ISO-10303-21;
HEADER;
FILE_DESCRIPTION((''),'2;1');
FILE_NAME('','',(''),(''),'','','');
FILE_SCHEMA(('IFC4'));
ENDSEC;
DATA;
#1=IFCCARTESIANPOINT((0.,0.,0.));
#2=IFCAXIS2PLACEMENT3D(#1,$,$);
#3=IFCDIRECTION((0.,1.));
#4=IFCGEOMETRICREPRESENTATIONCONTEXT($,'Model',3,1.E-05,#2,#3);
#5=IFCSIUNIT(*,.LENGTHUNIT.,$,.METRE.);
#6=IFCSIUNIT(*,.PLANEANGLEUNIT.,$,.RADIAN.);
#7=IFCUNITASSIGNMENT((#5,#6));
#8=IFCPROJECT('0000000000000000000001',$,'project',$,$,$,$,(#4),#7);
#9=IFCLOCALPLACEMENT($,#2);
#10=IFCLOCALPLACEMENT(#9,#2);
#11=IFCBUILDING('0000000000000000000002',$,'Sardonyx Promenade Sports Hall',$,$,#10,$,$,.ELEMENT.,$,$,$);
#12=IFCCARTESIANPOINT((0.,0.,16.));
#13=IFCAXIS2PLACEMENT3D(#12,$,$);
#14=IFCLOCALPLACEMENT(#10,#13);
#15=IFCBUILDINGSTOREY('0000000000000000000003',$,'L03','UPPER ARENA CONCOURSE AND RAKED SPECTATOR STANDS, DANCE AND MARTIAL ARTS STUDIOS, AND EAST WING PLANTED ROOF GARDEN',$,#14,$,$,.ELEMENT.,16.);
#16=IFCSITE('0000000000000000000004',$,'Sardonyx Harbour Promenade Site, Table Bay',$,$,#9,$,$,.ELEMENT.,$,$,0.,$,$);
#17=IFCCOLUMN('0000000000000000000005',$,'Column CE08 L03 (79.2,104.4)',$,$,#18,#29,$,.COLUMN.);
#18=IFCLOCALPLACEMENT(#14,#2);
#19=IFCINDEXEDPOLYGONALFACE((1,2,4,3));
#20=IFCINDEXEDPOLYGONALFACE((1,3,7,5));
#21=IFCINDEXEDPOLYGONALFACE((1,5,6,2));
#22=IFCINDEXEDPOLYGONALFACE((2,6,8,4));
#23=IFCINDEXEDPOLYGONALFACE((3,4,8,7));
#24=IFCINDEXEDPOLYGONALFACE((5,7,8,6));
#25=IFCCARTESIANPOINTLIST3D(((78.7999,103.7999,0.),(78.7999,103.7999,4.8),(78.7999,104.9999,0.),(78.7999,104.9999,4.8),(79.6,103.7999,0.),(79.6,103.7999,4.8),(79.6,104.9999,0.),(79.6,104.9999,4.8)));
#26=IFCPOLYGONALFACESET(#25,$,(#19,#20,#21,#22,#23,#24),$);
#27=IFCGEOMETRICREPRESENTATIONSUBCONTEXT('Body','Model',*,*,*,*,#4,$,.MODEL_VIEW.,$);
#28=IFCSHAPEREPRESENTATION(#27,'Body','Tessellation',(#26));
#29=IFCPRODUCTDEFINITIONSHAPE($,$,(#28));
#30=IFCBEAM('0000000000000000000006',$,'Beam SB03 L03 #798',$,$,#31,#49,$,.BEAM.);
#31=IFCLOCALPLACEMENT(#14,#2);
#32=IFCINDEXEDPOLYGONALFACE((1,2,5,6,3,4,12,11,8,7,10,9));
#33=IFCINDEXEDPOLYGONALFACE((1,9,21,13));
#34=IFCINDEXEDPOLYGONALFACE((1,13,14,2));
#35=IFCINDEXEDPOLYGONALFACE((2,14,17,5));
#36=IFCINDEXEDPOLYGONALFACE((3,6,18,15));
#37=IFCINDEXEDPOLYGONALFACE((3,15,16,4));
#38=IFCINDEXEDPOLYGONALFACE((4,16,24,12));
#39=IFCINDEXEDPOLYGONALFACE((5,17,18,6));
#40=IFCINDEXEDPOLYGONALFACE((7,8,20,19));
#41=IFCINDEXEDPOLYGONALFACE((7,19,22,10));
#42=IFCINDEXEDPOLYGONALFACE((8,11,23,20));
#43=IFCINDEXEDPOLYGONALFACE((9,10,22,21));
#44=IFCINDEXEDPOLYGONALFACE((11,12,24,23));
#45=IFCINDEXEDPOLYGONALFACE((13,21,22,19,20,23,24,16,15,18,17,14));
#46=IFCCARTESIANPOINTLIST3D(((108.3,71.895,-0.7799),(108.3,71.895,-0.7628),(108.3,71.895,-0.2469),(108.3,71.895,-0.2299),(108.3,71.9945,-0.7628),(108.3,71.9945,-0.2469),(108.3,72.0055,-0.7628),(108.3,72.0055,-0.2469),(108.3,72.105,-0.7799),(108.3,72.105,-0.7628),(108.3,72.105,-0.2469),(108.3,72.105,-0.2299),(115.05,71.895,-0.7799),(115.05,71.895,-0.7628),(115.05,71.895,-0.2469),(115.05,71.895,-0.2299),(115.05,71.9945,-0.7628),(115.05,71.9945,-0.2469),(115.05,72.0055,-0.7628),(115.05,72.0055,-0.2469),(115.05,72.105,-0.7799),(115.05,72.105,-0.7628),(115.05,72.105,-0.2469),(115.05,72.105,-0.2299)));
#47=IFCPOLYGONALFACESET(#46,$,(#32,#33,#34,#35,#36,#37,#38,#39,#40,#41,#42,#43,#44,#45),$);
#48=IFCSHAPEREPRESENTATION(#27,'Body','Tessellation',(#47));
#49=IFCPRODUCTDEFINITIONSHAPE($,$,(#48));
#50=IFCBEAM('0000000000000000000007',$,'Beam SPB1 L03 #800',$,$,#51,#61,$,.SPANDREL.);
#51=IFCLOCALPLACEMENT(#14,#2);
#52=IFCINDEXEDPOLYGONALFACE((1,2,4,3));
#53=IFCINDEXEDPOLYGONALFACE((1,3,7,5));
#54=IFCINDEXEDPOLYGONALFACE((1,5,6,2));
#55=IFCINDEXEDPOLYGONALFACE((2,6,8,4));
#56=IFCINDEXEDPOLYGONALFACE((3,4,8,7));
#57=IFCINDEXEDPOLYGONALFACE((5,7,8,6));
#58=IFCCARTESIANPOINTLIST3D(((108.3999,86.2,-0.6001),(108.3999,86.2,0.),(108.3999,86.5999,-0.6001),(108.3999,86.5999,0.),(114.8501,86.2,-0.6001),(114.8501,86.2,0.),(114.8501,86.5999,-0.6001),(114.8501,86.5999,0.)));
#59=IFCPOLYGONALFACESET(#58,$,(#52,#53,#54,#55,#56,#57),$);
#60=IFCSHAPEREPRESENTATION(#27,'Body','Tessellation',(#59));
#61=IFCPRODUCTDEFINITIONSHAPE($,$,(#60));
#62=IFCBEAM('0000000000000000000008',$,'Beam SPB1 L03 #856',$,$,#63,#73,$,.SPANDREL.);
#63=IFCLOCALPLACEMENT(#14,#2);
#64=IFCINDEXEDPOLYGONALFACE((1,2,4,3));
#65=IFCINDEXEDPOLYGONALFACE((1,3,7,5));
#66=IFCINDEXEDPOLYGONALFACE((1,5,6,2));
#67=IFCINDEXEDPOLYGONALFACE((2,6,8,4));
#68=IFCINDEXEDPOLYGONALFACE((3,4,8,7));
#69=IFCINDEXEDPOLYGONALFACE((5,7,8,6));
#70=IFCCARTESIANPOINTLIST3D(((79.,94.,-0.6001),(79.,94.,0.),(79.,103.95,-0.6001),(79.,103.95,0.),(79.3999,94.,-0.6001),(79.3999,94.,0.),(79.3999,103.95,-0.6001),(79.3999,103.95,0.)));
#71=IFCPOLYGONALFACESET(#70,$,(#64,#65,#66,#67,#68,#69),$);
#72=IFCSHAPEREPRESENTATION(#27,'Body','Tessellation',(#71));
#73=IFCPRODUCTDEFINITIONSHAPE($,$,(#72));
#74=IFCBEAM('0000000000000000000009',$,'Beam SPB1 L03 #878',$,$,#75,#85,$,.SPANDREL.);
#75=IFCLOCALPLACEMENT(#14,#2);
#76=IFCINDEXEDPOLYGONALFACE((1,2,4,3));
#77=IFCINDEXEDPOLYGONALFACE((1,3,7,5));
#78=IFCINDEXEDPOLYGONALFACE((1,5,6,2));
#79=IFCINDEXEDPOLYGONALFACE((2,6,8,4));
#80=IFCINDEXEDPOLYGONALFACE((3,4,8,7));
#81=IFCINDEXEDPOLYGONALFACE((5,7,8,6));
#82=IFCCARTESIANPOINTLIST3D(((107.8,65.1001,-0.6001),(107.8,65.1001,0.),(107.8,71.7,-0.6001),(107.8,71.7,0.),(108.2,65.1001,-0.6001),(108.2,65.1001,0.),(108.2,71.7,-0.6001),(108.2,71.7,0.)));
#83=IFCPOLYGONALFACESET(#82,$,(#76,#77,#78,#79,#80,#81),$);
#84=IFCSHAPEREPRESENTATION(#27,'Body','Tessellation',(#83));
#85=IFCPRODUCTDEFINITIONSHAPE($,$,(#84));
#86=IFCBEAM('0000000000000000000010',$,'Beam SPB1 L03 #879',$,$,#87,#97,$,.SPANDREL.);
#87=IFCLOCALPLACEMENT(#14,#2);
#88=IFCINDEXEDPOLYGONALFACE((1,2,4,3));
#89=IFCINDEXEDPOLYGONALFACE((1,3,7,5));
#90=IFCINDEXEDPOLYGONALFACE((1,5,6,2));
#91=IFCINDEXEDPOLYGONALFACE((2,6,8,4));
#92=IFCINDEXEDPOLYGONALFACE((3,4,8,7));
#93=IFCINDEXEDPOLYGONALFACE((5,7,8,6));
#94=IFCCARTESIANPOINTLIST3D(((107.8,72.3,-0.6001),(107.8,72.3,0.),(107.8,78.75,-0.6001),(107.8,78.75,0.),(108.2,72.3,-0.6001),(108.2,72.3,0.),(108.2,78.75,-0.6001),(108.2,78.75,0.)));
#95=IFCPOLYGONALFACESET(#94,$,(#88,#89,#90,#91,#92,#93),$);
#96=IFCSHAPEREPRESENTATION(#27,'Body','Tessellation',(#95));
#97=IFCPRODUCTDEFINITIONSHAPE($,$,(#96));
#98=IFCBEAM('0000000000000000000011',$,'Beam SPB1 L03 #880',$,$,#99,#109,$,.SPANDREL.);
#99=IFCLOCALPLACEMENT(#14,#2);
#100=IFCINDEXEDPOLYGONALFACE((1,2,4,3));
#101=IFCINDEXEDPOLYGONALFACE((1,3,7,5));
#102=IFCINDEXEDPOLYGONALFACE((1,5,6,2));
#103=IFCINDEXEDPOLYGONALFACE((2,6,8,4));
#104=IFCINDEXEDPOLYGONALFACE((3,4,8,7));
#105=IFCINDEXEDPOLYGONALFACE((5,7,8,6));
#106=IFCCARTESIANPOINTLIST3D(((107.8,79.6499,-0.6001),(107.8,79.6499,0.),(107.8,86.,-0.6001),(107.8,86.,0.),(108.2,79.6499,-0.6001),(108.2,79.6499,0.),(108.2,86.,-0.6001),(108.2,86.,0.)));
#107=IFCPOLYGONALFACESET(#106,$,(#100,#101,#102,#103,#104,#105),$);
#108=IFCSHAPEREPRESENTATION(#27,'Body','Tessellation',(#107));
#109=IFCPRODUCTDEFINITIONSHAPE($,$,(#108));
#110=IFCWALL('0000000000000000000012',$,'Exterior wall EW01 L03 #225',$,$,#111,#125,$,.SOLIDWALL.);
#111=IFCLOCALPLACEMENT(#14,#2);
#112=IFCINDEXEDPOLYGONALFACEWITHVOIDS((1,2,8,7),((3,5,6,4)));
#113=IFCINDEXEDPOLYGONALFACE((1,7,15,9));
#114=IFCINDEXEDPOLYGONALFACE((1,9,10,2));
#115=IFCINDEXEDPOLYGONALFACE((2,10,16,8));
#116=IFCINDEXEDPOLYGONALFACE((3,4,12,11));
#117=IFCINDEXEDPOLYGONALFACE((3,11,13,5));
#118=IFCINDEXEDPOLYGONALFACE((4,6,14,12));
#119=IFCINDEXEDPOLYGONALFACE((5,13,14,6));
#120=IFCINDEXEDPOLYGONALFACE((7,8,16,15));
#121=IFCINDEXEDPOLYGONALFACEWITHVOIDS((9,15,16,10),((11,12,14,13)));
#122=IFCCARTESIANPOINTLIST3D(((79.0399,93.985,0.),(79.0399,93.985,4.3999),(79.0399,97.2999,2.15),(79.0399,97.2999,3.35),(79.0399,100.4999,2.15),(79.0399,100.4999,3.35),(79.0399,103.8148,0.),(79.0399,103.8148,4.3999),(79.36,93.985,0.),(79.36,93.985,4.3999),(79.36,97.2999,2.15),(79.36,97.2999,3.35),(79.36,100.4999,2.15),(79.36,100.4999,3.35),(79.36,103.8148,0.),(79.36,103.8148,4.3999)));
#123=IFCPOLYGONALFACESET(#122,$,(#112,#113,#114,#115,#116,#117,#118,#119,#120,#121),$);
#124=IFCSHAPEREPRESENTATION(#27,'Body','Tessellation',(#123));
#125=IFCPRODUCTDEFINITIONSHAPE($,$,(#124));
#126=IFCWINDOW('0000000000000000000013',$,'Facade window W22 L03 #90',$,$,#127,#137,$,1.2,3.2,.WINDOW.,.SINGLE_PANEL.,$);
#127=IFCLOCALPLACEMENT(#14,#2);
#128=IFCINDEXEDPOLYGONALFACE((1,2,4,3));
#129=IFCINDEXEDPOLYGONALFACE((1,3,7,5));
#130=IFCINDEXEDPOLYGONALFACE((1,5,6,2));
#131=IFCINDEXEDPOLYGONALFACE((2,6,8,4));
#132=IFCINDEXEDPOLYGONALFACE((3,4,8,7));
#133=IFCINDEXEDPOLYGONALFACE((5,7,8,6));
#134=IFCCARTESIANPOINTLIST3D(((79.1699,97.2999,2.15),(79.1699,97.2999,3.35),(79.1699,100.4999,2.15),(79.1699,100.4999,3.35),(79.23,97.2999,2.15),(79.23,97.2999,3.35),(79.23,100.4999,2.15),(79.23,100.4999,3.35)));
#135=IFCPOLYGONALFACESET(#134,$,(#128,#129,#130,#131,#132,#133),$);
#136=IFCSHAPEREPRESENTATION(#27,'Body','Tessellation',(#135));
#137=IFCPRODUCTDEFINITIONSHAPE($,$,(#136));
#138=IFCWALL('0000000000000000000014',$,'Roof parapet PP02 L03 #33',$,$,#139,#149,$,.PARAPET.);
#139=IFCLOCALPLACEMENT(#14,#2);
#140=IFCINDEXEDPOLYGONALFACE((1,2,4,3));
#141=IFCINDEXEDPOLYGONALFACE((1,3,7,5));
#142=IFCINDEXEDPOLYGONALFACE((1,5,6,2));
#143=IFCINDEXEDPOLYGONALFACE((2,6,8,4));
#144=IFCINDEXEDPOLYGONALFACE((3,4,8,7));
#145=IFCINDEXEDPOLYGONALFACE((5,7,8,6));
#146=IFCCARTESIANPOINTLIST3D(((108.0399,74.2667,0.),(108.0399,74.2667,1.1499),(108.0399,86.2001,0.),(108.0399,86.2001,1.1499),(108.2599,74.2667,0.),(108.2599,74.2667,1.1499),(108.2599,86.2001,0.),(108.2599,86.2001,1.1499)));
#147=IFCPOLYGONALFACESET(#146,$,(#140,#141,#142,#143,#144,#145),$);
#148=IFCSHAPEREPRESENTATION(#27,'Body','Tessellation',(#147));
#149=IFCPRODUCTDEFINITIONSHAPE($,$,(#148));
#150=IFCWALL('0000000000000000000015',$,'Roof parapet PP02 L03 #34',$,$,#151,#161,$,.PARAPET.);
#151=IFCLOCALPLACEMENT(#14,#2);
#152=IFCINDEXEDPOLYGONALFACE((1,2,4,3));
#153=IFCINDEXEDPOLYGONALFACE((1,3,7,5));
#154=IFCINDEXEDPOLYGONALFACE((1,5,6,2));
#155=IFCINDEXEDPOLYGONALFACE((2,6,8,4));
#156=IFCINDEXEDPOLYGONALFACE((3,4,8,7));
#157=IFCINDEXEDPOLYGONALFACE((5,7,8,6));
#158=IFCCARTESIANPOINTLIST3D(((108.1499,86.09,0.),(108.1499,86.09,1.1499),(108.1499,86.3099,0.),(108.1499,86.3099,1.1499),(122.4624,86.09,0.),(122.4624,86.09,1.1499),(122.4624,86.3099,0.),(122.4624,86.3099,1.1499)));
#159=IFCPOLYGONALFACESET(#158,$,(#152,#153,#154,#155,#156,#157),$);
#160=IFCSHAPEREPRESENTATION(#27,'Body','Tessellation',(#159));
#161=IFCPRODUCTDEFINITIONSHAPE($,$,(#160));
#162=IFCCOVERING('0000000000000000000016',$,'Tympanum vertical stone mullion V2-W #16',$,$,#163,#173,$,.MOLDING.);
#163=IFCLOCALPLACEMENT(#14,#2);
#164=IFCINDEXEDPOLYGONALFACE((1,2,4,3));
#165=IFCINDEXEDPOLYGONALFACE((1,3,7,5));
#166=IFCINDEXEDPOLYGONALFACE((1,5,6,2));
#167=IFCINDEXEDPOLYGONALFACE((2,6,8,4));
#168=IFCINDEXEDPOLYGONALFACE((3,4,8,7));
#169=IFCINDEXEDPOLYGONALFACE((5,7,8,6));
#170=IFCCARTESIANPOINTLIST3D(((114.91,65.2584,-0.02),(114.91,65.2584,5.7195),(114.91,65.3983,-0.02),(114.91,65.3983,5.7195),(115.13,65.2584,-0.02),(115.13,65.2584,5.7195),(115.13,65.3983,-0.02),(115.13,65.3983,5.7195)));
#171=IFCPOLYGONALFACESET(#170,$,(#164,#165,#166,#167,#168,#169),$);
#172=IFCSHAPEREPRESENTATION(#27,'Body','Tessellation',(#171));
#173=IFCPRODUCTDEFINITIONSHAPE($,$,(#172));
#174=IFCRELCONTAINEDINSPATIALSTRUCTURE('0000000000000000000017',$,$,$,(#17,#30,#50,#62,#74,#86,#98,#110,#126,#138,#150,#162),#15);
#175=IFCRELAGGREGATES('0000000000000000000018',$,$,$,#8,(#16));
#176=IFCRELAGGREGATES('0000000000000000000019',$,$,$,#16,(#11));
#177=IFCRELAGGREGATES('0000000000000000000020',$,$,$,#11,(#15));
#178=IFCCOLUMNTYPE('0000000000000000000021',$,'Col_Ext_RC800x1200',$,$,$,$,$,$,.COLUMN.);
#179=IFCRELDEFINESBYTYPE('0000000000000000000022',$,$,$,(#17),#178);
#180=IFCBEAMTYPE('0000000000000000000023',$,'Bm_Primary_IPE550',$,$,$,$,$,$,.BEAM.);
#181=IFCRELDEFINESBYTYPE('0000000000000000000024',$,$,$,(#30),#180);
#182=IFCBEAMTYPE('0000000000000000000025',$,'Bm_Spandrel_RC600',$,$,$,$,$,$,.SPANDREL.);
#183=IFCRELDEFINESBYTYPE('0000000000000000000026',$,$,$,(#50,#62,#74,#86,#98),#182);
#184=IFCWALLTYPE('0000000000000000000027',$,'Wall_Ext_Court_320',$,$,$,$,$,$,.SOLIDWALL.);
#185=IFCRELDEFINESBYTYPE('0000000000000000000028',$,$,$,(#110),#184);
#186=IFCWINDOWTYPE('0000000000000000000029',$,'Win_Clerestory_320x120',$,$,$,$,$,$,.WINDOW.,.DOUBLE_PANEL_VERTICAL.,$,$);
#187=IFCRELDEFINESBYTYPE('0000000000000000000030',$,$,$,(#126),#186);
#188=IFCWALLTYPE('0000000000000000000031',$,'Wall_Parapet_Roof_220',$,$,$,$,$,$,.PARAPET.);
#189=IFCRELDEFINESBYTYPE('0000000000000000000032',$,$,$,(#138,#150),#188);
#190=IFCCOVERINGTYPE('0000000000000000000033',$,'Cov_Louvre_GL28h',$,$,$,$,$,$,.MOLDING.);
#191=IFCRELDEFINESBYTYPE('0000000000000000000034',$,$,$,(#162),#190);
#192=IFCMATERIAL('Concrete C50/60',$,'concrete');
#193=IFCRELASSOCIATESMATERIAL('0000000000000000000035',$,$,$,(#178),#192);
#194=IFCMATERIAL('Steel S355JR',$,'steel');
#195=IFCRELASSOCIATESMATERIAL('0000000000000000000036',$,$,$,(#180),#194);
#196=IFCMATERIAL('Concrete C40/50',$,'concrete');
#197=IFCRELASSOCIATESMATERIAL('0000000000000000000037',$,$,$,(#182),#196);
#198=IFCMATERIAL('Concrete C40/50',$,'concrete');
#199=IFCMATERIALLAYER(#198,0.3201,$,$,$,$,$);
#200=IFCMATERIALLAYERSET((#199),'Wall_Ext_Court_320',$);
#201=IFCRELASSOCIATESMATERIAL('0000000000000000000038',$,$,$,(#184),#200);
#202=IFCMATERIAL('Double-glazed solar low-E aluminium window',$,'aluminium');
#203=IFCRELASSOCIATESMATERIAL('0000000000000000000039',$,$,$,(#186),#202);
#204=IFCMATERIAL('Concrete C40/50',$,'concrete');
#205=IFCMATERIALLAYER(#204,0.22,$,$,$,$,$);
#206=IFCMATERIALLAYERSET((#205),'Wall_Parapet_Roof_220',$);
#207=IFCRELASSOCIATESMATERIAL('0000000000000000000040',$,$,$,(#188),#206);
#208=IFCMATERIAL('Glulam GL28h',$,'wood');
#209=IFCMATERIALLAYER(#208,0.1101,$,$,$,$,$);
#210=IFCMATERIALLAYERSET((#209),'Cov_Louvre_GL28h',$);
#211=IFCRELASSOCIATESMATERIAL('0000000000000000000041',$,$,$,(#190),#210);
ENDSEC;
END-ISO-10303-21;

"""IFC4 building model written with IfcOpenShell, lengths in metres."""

from ifc_helpers import new_model, si_unit, direction, frame, frame_2d, origin, origin_2d, place, context, subcontext, project, spatial, rectangle, i_section, extrude, material, layer, layer_set, material_profile, profile_set, type_object, element, fill, save


model = new_model("IFC4")

# Units and contexts
model_context = context("Model", 3, precision=1e-05, world=origin(), true_north=direction((0.0, 1.0)))
body_context = subcontext(model_context, "Body", "Model", "MODEL_VIEW")
ifc_project = project(units=[si_unit("LENGTHUNIT", "METRE"), si_unit("PLANEANGLEUNIT", "RADIAN")], contexts=[model_context])

# Site, building, storey
site_placement = place(None, origin())
site = spatial("IfcSite", under=ifc_project, at=site_placement, Name="Sardonyx Harbour Promenade Site, Table Bay", CompositionType="ELEMENT", RefElevation=0.0)
building_placement = place(site_placement, origin())
building = spatial("IfcBuilding", under=site, at=building_placement, Name="Sardonyx Promenade Sports Hall", CompositionType="ELEMENT")
storey_placement = place(building_placement, frame((0.0, 0.0, 16.0)))
storey = spatial("IfcBuildingStorey", under=building, at=storey_placement, Name="L03", Description="UPPER ARENA CONCOURSE AND RAKED SPECTATOR STANDS, DANCE AND MARTIAL ARTS STUDIOS, AND EAST WING PLANTED ROOF GARDEN", CompositionType="ELEMENT", Elevation=16.0)

# Column
ifc_material_1 = material(Name="Concrete C50/60", Category="concrete")
ifc_material_profile_1 = material_profile(ifc_material_1, rectangle(XDim=0.8, YDim=1.2, at=origin_2d()))
ifc_profile_set_1 = profile_set([ifc_material_profile_1], Name="Concrete C50/60")
column_type = type_object("IfcColumnType", Name="Col_Ext_RC800x1200", PredefinedType="COLUMN", material=ifc_profile_set_1)
column_placement = place(storey_placement, frame((79.2, 104.3999, 0.0), z_axis=(0.0, 0.0, 1.0), x_axis=(1.0, 0.0, 0.0)))
element("IfcColumn", 1, at=column_placement, inside=storey, type_object=column_type, Name="Column CE08 L03 (79.2,104.4)", PredefinedType="COLUMN", context=body_context, shape_type="SweptSolid", body=[
    extrude(rectangle(XDim=0.8, YDim=1.2, at=origin_2d()), origin(), (0.0, 0.0, 1.0), 4.8),
])

# Beams
ifc_material_2 = material(Name="Steel S355JR", Category="steel")
ifc_material_profile_2 = material_profile(ifc_material_2, i_section(OverallWidth=0.21, OverallDepth=0.55, WebThickness=0.011, FlangeThickness=0.0171, at=origin_2d()))
ifc_profile_set_2 = profile_set([ifc_material_profile_2], Name="Steel S355JR")
beam_type_1 = type_object("IfcBeamType", Name="Bm_Primary_IPE550", PredefinedType="BEAM", material=ifc_profile_set_2)
beam_1_placement = place(storey_placement, frame((108.3, 72.0, -0.5049), z_axis=(1.0, 0.0, 0.0), x_axis=(0.0, 1.0, 0.0)))
element("IfcBeam", 2, at=beam_1_placement, inside=storey, type_object=beam_type_1, Name="Beam SB03 L03 #798", PredefinedType="BEAM", context=body_context, shape_type="SweptSolid", body=[
    extrude(i_section(OverallWidth=0.21, OverallDepth=0.55, WebThickness=0.011, FlangeThickness=0.0171, at=origin_2d()), origin(), (0.0, 0.0, 1.0), 6.75),
])
ifc_material_3 = material(Name="Concrete C40/50", Category="concrete")
ifc_material_profile_3 = material_profile(ifc_material_3, rectangle(XDim=0.3999, YDim=0.6001, at=origin_2d()))
ifc_profile_set_3 = profile_set([ifc_material_profile_3], Name="Concrete C40/50")
beam_type_2 = type_object("IfcBeamType", Name="Bm_Spandrel_RC600", PredefinedType="SPANDREL", material=ifc_profile_set_3)
beam_2_placement = place(storey_placement, frame((108.3999, 86.3999, -0.3), z_axis=(1.0, 0.0, 0.0), x_axis=(0.0, 1.0, 0.0)))
element("IfcBeam", 3, at=beam_2_placement, inside=storey, type_object=beam_type_2, Name="Beam SPB1 L03 #800", PredefinedType="SPANDREL", context=body_context, shape_type="SweptSolid", body=[
    extrude(rectangle(XDim=0.3999, YDim=0.6001, at=origin_2d()), origin(), (0.0, 0.0, 1.0), 6.4502),
])
beam_3_placement = place(storey_placement, frame((79.2, 94.0, -0.3), z_axis=(0.0, 1.0, 0.0), x_axis=(-1.0, 0.0, 0.0)))
element("IfcBeam", 4, at=beam_3_placement, inside=storey, type_object=beam_type_2, Name="Beam SPB1 L03 #856", PredefinedType="SPANDREL", context=body_context, shape_type="SweptSolid", body=[
    extrude(rectangle(XDim=0.3999, YDim=0.6001, at=origin_2d()), origin(), (0.0, 0.0, 1.0), 9.95),
])
beam_4_placement = place(storey_placement, frame((108.0, 65.1001, -0.3), z_axis=(0.0, 1.0, 0.0), x_axis=(-1.0, 0.0, 0.0)))
element("IfcBeam", 5, at=beam_4_placement, inside=storey, type_object=beam_type_2, Name="Beam SPB1 L03 #878", PredefinedType="SPANDREL", context=body_context, shape_type="SweptSolid", body=[
    extrude(rectangle(XDim=0.3999, YDim=0.6001, at=origin_2d()), origin(), (0.0, 0.0, 1.0), 6.5999),
])
beam_5_placement = place(storey_placement, frame((108.0, 72.3, -0.3), z_axis=(0.0, 1.0, 0.0), x_axis=(-1.0, 0.0, 0.0)))
element("IfcBeam", 6, at=beam_5_placement, inside=storey, type_object=beam_type_2, Name="Beam SPB1 L03 #879", PredefinedType="SPANDREL", context=body_context, shape_type="SweptSolid", body=[
    extrude(rectangle(XDim=0.3999, YDim=0.6001, at=origin_2d()), origin(), (0.0, 0.0, 1.0), 6.45),
])
beam_6_placement = place(storey_placement, frame((108.0, 79.6499, -0.3), z_axis=(0.0, 1.0, 0.0), x_axis=(-1.0, 0.0, 0.0)))
element("IfcBeam", 7, at=beam_6_placement, inside=storey, type_object=beam_type_2, Name="Beam SPB1 L03 #880", PredefinedType="SPANDREL", context=body_context, shape_type="SweptSolid", body=[
    extrude(rectangle(XDim=0.3999, YDim=0.6001, at=origin_2d()), origin(), (0.0, 0.0, 1.0), 6.3501),
])

# Wall, opening, window
ifc_material_4 = material(Name="Concrete C40/50", Category="concrete")
ifc_layer_1 = layer(ifc_material_4, 0.3201)
ifc_layer_set_1 = layer_set([ifc_layer_1], Name="Wall_Ext_Court_320")
wall_type_1 = type_object("IfcWallType", Name="Wall_Ext_Court_320", PredefinedType="SOLIDWALL", material=ifc_layer_set_1)
wall_1_placement = place(storey_placement, frame((79.2, 103.8149, 0.0), z_axis=(0.0, 0.0, 1.0), x_axis=(0.0, -1.0, 0.0)))
wall_1 = element("IfcWall", 8, at=wall_1_placement, inside=storey, type_object=wall_type_1, Name="Exterior wall EW01 L03 #225", PredefinedType="SOLIDWALL", context=body_context, shape_type="SweptSolid", body=[
    extrude(rectangle(XDim=9.8298, YDim=0.3201, at=frame_2d((4.915, 0.0))), origin(), (0.0, 0.0, 1.0), 4.3999),
])
opening_placement = place(wall_1_placement, frame((3.3149, 0.0, 2.1499)))
opening = element("IfcOpeningElement", 9, at=opening_placement, cuts=wall_1, PredefinedType="OPENING", context=body_context, shape_type="SweptSolid", body=[
    extrude(rectangle(XDim=3.2, YDim=1.2, at=frame_2d((1.6001, 0.6001))), frame((0.0, 0.17, 0.0), z_axis=(0.0, -1.0, 0.0), x_axis=(1.0, 0.0, 0.0)), (0.0, 0.0, 1.0), 0.34),
])
ifc_material_5 = material(Name="Double-glazed solar low-E aluminium window", Category="aluminium")
window_type = type_object("IfcWindowType", Name="Win_Clerestory_320x120", PartitioningType="DOUBLE_PANEL_VERTICAL", PredefinedType="WINDOW", material=ifc_material_5)
window_placement = place(opening_placement, origin())
window = element("IfcWindow", 10, at=window_placement, inside=storey, type_object=window_type, Name="Facade window W22 L03 #90", OverallHeight=1.2, OverallWidth=3.2, PartitioningType="SINGLE_PANEL", PredefinedType="WINDOW", context=body_context, shape_type="SweptSolid", body=[
    extrude(rectangle(XDim=3.2, YDim=1.2, at=frame_2d((1.6001, 0.6001))), frame((0.0, 0.03, 0.0), z_axis=(0.0, -1.0, 0.0), x_axis=(1.0, 0.0, 0.0)), (0.0, 0.0, 1.0), 0.0601),
])
fill(opening, window)

# Walls
ifc_material_6 = material(Name="Concrete C40/50", Category="concrete")
ifc_layer_2 = layer(ifc_material_6, 0.22)
ifc_layer_set_2 = layer_set([ifc_layer_2], Name="Wall_Parapet_Roof_220")
wall_type_2 = type_object("IfcWallType", Name="Wall_Parapet_Roof_220", PredefinedType="PARAPET", material=ifc_layer_set_2)
wall_2_placement = place(storey_placement, frame((108.1499, 74.2666, 0.0), z_axis=(0.0, 0.0, 1.0), x_axis=(0.0, 1.0, 0.0)))
element("IfcWall", 11, at=wall_2_placement, inside=storey, type_object=wall_type_2, Name="Roof parapet PP02 L03 #33", PredefinedType="PARAPET", context=body_context, shape_type="SweptSolid", body=[
    extrude(rectangle(XDim=11.9333, YDim=0.22, at=frame_2d((5.9668, 0.0))), origin(), (0.0, 0.0, 1.0), 1.1499),
])
wall_3_placement = place(storey_placement, frame((108.1499, 86.2, 0.0), z_axis=(0.0, 0.0, 1.0), x_axis=(1.0, 0.0, 0.0)))
element("IfcWall", 12, at=wall_3_placement, inside=storey, type_object=wall_type_2, Name="Roof parapet PP02 L03 #34", PredefinedType="PARAPET", context=body_context, shape_type="SweptSolid", body=[
    extrude(rectangle(XDim=14.3125, YDim=0.22, at=frame_2d((7.1562, 0.0))), origin(), (0.0, 0.0, 1.0), 1.1499),
])

# Covering
ifc_material_7 = material(Name="Glulam GL28h", Category="wood")
ifc_layer_3 = layer(ifc_material_7, 0.1101)
ifc_layer_set_3 = layer_set([ifc_layer_3], Name="Cov_Louvre_GL28h")
covering_type = type_object("IfcCoveringType", Name="Cov_Louvre_GL28h", PredefinedType="MOLDING", material=ifc_layer_set_3)
covering_1_placement = place(storey_placement, frame((115.02, 65.3284, -0.02), z_axis=(0.0, 0.0, 1.0), x_axis=(1.0, 0.0, 0.0)))
element("IfcCovering", 13, at=covering_1_placement, inside=storey, type_object=covering_type, Name="Tympanum vertical stone mullion V2-W #16", PredefinedType="MOLDING", context=body_context, shape_type="SweptSolid", body=[
    extrude(rectangle(XDim=0.22, YDim=0.1399, at=origin_2d()), origin(), (0.0, 0.0, 1.0), 5.7395),
])

save(model, "model.ifc")
